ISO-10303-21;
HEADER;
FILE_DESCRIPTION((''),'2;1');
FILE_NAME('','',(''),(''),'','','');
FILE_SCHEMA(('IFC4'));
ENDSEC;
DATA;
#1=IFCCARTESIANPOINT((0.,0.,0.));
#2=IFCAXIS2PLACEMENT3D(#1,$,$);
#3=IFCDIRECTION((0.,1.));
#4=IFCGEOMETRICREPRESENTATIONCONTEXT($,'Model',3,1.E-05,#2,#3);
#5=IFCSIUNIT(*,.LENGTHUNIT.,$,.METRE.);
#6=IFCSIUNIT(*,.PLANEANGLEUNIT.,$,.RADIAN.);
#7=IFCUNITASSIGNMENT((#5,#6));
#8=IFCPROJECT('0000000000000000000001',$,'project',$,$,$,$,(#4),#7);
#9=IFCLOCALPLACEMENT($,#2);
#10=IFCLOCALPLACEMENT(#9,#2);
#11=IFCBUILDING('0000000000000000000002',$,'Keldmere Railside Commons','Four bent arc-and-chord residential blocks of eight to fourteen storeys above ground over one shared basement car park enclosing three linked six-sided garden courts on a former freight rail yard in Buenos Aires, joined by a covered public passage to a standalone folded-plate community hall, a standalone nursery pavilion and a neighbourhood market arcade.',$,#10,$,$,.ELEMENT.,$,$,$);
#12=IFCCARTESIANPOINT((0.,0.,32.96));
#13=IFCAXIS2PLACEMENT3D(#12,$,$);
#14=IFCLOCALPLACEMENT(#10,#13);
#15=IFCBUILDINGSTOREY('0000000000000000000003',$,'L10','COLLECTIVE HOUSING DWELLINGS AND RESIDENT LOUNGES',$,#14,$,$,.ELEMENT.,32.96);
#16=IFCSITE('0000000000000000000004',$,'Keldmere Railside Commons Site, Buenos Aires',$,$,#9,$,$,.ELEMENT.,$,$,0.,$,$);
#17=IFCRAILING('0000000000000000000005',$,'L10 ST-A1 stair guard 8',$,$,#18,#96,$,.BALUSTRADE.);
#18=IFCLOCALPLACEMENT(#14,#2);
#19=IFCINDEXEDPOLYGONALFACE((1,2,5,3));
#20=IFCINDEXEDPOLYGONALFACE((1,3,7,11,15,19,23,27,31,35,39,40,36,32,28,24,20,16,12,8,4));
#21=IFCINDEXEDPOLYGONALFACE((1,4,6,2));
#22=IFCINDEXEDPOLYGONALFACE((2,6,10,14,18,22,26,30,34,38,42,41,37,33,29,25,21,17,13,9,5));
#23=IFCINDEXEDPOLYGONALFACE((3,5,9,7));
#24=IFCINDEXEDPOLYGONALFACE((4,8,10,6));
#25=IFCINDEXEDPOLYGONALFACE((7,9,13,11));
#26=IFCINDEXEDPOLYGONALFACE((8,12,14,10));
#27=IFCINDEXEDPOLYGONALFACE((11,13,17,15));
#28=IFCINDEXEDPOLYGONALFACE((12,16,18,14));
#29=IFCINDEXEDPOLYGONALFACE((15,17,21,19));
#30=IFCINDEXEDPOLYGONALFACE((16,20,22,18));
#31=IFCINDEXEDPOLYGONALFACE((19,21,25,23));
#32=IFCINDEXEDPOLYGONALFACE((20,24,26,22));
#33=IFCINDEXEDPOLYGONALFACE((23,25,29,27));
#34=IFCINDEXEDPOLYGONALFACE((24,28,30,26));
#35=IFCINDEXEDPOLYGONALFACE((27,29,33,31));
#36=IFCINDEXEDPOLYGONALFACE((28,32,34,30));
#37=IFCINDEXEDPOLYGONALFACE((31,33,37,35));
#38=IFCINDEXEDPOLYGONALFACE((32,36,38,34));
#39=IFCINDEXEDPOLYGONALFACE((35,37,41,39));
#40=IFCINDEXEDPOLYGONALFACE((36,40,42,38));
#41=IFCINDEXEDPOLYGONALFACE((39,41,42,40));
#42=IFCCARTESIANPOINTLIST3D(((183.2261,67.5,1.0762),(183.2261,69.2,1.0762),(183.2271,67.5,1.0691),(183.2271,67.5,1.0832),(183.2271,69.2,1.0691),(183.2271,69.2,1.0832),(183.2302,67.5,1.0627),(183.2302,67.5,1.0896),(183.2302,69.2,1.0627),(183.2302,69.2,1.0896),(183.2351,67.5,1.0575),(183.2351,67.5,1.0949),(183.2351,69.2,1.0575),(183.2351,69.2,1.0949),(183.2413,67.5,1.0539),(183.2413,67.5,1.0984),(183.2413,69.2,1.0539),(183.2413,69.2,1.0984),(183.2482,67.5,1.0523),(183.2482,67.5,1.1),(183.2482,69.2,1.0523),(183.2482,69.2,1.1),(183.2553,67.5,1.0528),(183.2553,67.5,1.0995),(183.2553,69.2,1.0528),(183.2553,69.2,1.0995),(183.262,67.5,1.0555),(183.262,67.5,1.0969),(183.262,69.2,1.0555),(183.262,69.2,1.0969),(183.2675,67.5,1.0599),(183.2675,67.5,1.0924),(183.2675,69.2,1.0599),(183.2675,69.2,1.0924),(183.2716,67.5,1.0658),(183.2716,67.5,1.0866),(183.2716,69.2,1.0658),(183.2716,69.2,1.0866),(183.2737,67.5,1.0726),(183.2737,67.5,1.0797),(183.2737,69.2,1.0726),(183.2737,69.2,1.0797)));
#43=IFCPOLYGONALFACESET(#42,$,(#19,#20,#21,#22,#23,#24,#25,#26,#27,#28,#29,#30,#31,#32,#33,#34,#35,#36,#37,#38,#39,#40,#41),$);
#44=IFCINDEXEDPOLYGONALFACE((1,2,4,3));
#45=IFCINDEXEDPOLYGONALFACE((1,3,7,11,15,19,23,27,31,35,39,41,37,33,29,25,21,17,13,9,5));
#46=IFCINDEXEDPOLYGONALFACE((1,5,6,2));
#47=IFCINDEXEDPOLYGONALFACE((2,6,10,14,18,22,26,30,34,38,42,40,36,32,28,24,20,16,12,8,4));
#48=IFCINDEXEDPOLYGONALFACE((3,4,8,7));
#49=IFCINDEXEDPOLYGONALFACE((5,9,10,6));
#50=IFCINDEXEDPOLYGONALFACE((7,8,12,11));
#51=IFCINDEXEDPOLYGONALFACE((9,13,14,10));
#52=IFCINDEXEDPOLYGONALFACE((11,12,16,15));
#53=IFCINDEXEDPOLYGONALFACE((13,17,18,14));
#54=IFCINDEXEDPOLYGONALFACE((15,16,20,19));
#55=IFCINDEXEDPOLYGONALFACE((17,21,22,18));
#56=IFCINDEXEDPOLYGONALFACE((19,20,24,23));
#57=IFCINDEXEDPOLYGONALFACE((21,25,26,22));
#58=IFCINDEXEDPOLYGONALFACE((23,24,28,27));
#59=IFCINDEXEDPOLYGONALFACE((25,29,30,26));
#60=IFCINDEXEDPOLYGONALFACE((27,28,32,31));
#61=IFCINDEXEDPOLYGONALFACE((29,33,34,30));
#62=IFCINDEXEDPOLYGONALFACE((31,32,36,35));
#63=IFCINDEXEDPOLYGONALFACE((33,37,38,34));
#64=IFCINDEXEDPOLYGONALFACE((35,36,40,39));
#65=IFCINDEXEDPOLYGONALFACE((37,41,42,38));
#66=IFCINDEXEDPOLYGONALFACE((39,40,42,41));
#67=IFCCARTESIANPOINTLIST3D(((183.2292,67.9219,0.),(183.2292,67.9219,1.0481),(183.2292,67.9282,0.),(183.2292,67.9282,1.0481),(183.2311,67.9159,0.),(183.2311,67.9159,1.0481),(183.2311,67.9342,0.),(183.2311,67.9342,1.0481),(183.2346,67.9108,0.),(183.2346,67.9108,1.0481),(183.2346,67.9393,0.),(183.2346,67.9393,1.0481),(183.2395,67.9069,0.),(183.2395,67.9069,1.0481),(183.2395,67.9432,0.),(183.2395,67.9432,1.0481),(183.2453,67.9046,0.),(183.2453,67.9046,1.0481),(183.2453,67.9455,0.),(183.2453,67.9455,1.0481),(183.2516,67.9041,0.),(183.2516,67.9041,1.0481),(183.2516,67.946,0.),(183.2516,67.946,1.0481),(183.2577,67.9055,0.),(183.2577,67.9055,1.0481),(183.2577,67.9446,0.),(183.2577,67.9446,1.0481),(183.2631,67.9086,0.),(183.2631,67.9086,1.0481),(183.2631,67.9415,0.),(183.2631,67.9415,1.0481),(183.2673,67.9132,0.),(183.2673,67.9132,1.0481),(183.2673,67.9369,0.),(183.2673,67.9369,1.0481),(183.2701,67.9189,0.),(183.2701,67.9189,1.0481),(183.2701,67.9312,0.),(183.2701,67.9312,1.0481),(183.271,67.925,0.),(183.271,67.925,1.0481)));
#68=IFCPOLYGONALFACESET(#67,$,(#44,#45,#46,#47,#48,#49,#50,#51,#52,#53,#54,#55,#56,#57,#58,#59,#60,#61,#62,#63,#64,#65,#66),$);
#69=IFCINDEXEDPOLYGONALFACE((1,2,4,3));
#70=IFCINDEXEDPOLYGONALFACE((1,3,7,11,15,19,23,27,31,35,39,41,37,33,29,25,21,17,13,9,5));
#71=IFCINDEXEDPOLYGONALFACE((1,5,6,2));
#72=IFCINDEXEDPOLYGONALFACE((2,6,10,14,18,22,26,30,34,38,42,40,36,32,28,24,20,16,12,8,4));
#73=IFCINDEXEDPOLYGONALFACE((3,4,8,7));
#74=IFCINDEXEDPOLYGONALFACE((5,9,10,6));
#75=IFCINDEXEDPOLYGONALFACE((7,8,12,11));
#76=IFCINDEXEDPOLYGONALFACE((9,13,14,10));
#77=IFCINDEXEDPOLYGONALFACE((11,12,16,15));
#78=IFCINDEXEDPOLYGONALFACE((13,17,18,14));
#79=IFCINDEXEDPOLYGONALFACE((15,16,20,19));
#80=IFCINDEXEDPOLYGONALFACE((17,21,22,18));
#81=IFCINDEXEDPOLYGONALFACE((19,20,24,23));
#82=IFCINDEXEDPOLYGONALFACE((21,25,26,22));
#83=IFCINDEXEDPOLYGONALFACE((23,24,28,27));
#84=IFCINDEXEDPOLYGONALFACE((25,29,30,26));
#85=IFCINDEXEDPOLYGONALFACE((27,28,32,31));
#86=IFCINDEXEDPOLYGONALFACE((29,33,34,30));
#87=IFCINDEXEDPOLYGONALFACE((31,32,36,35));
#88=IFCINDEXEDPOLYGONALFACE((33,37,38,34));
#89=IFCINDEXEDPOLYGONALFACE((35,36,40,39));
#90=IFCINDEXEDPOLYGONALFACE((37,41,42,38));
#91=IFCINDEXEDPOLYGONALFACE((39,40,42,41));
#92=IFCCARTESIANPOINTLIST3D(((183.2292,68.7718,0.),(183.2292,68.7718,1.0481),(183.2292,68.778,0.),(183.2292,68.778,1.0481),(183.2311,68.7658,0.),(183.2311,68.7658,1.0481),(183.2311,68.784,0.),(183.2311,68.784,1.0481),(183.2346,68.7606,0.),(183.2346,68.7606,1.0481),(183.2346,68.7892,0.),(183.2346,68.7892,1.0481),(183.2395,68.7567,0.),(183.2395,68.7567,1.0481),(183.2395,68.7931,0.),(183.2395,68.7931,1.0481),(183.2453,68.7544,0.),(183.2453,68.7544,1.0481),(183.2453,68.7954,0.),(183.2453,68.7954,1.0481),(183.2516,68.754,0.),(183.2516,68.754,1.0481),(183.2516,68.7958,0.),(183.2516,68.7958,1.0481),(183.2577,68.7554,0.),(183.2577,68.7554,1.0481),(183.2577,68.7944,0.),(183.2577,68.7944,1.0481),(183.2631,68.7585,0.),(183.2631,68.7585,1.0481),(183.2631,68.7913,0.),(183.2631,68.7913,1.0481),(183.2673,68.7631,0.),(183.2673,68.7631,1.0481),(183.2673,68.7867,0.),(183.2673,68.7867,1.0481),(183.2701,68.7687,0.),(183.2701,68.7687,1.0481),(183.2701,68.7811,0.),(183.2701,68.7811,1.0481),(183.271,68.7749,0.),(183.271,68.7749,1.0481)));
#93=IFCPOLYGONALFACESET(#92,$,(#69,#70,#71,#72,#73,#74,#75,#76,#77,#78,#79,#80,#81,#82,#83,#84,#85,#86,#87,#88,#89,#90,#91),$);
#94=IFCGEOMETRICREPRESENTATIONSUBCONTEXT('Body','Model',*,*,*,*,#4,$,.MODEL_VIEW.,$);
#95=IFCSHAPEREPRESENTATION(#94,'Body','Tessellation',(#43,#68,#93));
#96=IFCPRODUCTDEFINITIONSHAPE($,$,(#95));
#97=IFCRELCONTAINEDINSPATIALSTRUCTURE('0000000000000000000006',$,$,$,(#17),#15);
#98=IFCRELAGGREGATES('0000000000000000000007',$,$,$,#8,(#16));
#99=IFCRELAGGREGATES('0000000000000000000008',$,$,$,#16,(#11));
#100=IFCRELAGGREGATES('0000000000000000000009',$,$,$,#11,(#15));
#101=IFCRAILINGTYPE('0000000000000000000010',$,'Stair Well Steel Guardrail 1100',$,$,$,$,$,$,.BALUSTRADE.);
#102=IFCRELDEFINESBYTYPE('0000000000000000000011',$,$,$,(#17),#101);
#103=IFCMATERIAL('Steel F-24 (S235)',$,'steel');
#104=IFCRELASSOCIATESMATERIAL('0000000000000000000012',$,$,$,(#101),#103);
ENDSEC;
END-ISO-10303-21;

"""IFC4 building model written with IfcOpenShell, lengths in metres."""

from ifc_helpers import new_model, si_unit, direction, frame, origin, origin_2d, place, context, subcontext, project, spatial, circle, extrude, material, type_object, element, save


model = new_model("IFC4")

# Units and contexts
model_context = context("Model", 3, precision=1e-05, world=origin(), true_north=direction((0.0, 1.0)))
body_context = subcontext(model_context, "Body", "Model", "MODEL_VIEW")
ifc_project = project(units=[si_unit("LENGTHUNIT", "METRE"), si_unit("PLANEANGLEUNIT", "RADIAN")], contexts=[model_context])

# Site, building, storey
site_placement = place(None, origin())
site = spatial("IfcSite", under=ifc_project, at=site_placement, Name="Keldmere Railside Commons Site, Buenos Aires", CompositionType="ELEMENT", RefElevation=0.0)
building_placement = place(site_placement, origin())
building = spatial("IfcBuilding", under=site, at=building_placement, Name="Keldmere Railside Commons", Description="Four bent arc-and-chord residential blocks of eight to fourteen storeys above ground over one shared basement car park enclosing three linked six-sided garden courts on a former freight rail yard in Buenos Aires, joined by a covered public passage to a standalone folded-plate community hall, a standalone nursery pavilion and a neighbourhood market arcade.", CompositionType="ELEMENT")
storey_placement = place(building_placement, frame((0.0, 0.0, 32.96)))
storey = spatial("IfcBuildingStorey", under=building, at=storey_placement, Name="L10", Description="COLLECTIVE HOUSING DWELLINGS AND RESIDENT LOUNGES", CompositionType="ELEMENT", Elevation=32.96)

# Railing
ifc_material_1 = material(Name="Steel F-24 (S235)", Category="steel")
railing_type_1 = type_object("IfcRailingType", Name="Stair Well Steel Guardrail 1100", PredefinedType="BALUSTRADE", material=ifc_material_1)
railing_1_placement = place(storey_placement, frame((183.25, 67.5, 0.0)))
element("IfcRailing", 1, at=railing_1_placement, inside=storey, type_object=railing_type_1, Name="L10 ST-A1 stair guard 8", PredefinedType="BALUSTRADE", context=body_context, shape_type="SweptSolid", body=[
    extrude(circle(Radius=0.0239, at=origin_2d()), frame((0.0, 0.0, 1.0762), z_axis=(0.0, 1.0, 0.0), x_axis=(-1.0, 0.0, 0.0)), (0.0, 0.0, 1.0), 1.7),
    extrude(circle(Radius=0.021, at=origin_2d()), frame((0.0, 0.425, 0.0)), (0.0, 0.0, 1.0), 1.0481),
    extrude(circle(Radius=0.021, at=origin_2d()), frame((0.0, 1.2749, 0.0)), (0.0, 0.0, 1.0), 1.0481),
])

save(model, "model.ifc")
